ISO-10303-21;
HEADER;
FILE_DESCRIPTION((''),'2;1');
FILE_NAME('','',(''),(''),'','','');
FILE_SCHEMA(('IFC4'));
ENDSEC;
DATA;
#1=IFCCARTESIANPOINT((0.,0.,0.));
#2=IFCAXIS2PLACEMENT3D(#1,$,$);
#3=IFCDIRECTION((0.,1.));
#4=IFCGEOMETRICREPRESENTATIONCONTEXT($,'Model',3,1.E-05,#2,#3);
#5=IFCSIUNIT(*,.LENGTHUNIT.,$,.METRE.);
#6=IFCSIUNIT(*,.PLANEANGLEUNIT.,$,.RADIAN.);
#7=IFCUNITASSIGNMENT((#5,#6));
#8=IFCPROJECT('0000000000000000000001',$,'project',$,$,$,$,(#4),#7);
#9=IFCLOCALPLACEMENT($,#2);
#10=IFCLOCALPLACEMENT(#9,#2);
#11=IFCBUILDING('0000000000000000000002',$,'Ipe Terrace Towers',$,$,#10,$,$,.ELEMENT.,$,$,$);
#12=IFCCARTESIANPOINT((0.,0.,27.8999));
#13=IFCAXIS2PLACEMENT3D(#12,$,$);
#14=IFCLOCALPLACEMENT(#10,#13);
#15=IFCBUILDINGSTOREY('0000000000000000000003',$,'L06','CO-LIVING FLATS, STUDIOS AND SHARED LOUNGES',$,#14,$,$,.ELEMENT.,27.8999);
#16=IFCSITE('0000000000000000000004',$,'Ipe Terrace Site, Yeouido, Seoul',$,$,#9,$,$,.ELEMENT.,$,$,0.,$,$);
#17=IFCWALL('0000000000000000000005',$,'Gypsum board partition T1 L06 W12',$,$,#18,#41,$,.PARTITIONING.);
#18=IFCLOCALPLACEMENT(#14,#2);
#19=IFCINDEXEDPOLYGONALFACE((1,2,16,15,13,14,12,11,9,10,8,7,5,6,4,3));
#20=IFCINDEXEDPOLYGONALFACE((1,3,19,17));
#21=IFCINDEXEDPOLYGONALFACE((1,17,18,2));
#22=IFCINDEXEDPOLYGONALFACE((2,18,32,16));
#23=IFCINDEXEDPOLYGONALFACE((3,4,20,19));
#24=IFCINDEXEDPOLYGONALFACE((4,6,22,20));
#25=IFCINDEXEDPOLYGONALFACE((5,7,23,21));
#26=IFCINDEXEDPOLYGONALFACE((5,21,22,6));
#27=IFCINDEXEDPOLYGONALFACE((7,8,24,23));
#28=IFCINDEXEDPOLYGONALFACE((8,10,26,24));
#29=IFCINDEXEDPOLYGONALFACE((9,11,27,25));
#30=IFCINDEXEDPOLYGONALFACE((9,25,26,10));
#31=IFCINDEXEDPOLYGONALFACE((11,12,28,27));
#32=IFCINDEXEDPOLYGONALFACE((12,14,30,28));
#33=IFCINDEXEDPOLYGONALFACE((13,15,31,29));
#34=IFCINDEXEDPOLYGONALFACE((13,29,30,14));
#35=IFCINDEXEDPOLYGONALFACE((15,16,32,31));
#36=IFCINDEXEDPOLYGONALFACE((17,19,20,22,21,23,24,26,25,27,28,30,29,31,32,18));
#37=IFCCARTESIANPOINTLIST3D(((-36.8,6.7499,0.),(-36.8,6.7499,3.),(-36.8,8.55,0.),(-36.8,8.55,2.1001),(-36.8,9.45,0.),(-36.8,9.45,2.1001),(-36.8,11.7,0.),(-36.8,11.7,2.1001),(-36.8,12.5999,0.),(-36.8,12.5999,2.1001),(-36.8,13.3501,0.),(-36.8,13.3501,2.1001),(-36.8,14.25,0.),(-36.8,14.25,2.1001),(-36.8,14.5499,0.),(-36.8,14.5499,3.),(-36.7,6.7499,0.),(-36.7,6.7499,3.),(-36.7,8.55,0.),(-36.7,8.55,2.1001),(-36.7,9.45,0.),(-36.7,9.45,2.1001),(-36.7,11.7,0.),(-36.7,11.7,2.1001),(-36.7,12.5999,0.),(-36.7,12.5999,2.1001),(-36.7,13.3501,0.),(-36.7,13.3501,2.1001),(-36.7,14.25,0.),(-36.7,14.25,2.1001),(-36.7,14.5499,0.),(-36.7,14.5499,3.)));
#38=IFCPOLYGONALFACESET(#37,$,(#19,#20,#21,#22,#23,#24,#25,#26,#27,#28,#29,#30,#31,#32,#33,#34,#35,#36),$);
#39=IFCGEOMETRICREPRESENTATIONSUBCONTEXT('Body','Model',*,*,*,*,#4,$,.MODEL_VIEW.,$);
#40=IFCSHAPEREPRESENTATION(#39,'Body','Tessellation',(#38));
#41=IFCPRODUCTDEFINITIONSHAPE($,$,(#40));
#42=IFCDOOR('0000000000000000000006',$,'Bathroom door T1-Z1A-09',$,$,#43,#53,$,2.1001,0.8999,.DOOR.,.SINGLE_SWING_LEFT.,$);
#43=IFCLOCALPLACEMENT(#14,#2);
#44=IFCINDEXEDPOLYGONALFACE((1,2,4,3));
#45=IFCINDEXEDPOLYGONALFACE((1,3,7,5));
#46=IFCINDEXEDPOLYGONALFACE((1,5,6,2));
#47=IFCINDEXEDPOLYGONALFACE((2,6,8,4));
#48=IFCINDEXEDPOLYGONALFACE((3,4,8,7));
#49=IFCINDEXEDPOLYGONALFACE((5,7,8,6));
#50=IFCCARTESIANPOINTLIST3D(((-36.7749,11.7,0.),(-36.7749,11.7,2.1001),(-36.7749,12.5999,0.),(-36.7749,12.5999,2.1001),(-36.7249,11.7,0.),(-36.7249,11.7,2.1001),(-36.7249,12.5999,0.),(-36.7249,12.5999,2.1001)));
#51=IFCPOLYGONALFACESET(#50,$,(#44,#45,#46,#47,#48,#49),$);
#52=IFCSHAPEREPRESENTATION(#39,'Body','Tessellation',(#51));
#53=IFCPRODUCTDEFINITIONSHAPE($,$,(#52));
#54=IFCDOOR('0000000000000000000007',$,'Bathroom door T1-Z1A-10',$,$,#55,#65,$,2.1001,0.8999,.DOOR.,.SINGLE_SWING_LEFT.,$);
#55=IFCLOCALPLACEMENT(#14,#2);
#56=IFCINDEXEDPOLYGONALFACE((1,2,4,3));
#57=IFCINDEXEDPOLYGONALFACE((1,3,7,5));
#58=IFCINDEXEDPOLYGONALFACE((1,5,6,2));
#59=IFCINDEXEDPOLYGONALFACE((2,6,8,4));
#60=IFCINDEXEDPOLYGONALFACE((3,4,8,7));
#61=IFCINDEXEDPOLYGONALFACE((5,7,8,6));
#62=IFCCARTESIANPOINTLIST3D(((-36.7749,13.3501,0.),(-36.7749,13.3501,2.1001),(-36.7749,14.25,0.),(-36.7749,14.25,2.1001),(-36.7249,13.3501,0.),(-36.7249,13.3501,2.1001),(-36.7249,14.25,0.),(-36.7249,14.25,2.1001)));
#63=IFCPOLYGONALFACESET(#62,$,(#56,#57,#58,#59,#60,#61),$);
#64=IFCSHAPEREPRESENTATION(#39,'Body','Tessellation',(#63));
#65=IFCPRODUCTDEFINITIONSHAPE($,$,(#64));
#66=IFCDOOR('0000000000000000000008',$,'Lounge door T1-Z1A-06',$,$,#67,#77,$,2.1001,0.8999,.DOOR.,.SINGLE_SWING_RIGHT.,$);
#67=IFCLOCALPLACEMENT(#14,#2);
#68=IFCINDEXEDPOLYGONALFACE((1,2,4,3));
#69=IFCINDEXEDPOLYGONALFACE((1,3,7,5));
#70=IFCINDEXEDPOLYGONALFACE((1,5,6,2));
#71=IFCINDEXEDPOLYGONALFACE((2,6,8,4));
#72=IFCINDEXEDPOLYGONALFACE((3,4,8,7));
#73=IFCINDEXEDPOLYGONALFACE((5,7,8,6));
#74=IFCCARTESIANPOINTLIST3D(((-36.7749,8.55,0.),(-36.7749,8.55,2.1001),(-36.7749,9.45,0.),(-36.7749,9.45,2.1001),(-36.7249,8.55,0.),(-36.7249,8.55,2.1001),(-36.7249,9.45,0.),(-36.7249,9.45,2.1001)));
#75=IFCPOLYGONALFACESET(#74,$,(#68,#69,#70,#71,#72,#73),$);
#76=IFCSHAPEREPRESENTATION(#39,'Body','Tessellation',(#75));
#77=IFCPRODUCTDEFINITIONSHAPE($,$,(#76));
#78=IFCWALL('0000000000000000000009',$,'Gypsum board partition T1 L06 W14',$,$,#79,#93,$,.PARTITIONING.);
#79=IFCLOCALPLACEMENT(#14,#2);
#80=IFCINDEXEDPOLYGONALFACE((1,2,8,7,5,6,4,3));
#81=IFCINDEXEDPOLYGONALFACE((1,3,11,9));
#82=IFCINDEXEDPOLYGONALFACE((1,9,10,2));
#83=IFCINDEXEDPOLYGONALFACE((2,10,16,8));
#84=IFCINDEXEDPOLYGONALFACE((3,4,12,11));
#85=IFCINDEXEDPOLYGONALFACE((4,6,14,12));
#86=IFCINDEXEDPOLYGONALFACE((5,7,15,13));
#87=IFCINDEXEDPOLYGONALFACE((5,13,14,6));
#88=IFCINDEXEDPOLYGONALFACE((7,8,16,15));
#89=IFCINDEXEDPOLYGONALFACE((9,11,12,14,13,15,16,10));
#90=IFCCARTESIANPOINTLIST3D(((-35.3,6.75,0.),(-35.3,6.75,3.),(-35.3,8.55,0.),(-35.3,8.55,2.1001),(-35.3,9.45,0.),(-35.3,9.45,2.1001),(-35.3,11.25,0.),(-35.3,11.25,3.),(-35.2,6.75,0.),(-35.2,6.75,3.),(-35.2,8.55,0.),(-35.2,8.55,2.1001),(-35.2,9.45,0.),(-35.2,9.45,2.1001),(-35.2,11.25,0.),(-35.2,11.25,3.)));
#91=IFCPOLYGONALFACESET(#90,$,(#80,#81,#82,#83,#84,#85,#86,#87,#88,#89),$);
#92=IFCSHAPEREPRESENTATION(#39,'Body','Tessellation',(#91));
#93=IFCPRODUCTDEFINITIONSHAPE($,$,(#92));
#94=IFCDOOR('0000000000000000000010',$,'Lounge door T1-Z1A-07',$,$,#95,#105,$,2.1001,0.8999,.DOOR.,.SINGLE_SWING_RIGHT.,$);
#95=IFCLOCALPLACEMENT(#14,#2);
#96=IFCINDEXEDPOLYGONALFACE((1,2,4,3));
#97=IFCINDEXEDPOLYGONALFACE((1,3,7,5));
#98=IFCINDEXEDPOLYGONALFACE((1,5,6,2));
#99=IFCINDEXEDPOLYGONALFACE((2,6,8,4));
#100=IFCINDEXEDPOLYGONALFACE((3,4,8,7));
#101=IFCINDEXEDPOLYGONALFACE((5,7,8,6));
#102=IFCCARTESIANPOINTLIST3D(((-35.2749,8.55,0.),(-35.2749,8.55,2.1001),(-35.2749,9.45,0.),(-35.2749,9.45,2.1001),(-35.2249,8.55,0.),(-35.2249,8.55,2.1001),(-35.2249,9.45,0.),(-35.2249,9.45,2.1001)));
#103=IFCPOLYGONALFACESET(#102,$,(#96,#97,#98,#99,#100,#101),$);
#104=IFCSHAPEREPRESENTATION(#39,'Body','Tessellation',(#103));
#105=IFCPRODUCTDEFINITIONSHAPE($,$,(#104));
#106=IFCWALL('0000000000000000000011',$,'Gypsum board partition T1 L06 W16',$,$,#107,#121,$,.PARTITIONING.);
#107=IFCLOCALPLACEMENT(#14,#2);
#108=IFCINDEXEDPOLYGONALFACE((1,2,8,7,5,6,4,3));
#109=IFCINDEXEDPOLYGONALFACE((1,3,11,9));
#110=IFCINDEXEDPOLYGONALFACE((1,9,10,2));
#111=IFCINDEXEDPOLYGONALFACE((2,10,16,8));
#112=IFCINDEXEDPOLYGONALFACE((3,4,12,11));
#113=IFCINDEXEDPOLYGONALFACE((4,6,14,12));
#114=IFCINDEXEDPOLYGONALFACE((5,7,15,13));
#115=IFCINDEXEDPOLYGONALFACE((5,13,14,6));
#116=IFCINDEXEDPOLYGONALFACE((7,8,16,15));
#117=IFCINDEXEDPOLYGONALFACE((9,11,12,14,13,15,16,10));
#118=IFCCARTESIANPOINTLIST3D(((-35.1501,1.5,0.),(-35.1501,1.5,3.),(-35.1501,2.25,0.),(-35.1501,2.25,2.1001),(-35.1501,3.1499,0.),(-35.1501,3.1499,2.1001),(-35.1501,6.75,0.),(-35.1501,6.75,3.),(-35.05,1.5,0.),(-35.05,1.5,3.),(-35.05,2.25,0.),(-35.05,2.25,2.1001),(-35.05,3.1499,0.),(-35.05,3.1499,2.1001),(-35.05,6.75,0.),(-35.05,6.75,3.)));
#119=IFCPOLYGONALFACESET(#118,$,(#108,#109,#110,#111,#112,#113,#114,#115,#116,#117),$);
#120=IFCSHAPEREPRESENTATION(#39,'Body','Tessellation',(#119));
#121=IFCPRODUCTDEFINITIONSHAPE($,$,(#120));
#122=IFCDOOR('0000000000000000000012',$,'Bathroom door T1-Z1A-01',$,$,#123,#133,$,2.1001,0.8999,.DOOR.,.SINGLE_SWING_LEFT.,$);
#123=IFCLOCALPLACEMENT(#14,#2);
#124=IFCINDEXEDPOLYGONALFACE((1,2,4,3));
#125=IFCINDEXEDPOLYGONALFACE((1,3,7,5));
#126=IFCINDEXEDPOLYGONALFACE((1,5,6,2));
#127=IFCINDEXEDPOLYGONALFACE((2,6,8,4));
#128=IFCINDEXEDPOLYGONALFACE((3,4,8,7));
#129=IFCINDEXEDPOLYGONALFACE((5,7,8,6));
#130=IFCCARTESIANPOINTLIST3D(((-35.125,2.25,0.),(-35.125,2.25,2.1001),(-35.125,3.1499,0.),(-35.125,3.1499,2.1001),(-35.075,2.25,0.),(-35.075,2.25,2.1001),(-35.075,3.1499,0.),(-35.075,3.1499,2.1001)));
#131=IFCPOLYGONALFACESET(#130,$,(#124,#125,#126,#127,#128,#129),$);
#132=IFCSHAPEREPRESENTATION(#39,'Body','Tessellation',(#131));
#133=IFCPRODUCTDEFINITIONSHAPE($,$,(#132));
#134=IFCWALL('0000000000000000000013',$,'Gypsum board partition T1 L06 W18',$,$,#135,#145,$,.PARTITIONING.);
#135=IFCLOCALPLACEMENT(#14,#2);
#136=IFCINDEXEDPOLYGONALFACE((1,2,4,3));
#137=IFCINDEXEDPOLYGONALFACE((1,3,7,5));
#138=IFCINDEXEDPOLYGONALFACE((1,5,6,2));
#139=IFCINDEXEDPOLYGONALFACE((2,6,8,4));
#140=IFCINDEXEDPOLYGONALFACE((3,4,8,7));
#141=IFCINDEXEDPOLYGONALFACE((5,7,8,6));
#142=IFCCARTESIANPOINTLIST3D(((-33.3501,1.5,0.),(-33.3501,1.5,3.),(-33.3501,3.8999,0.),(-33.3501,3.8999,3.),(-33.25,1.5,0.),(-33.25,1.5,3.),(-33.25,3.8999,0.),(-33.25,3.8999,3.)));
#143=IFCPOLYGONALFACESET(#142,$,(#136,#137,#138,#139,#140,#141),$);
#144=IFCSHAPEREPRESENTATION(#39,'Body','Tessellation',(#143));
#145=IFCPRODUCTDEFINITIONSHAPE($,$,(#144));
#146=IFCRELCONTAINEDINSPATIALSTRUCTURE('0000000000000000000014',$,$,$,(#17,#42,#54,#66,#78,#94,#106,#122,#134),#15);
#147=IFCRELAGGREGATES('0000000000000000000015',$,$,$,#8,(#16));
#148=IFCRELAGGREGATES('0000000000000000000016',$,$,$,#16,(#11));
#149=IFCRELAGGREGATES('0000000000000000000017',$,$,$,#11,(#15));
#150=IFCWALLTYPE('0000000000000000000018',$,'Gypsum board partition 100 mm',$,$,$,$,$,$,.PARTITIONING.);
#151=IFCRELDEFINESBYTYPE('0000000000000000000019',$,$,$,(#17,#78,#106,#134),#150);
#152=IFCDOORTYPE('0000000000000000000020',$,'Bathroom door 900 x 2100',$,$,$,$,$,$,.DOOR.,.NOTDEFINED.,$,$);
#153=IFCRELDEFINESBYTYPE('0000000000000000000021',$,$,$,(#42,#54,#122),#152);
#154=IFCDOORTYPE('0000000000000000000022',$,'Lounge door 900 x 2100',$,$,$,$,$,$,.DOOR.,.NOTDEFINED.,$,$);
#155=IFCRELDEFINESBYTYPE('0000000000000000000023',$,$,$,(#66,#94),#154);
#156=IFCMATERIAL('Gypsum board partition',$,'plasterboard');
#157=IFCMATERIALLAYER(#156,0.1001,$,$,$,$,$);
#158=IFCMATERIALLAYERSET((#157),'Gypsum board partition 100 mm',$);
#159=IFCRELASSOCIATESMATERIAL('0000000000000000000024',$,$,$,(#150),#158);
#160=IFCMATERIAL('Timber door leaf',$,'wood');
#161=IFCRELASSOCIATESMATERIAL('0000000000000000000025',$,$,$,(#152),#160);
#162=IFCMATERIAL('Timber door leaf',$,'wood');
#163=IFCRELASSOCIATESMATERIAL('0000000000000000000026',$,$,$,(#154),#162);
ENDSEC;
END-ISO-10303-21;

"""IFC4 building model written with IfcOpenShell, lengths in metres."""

from ifc_helpers import new_model, si_unit, direction, frame, frame_2d, origin, place, context, subcontext, project, spatial, rectangle, extrude, material, layer, layer_set, type_object, element, fill, save


model = new_model("IFC4")

# Units and contexts
model_context = context("Model", 3, precision=1e-05, world=origin(), true_north=direction((0.0, 1.0)))
body_context = subcontext(model_context, "Body", "Model", "MODEL_VIEW")
ifc_project = project(units=[si_unit("LENGTHUNIT", "METRE"), si_unit("PLANEANGLEUNIT", "RADIAN")], contexts=[model_context])

# Site, building, storey
site_placement = place(None, origin())
site = spatial("IfcSite", under=ifc_project, at=site_placement, Name="Ipe Terrace Site, Yeouido, Seoul", CompositionType="ELEMENT", RefElevation=0.0)
building_placement = place(site_placement, origin())
building = spatial("IfcBuilding", under=site, at=building_placement, Name="Ipe Terrace Towers", CompositionType="ELEMENT")
storey_placement = place(building_placement, frame((0.0, 0.0, 27.8999)))
storey = spatial("IfcBuildingStorey", under=building, at=storey_placement, Name="L06", Description="CO-LIVING FLATS, STUDIOS AND SHARED LOUNGES", CompositionType="ELEMENT", Elevation=27.8999)

# Shared definitions
ifc_material_1 = material(Name="Gypsum board partition", Category="plasterboard")
ifc_layer_1 = layer(ifc_material_1, 0.1001)
ifc_layer_set_1 = layer_set([ifc_layer_1], Name="Gypsum board partition 100 mm")
wall_type = type_object("IfcWallType", Name="Gypsum board partition 100 mm", PredefinedType="PARTITIONING", material=ifc_layer_set_1)

# Wall, openings, doors
wall_1_placement = place(storey_placement, frame((-36.75, 6.75, 0.0), z_axis=(0.0, 0.0, 1.0), x_axis=(0.0, 1.0, 0.0)))
wall_1 = element("IfcWall", 1, at=wall_1_placement, inside=storey, type_object=wall_type, Name="Gypsum board partition T1 L06 W12", PredefinedType="PARTITIONING", context=body_context, shape_type="SweptSolid", body=[
    extrude(rectangle(XDim=7.8, YDim=0.1001, at=frame_2d((3.8999, 0.0))), origin(), (0.0, 0.0, 1.0), 3.0),
])
opening_1_placement = place(wall_1_placement, frame((1.8, 0.0, 0.0)))
opening_1 = element("IfcOpeningElement", 2, at=opening_1_placement, cuts=wall_1, PredefinedType="OPENING", context=body_context, shape_type="SweptSolid", body=[
    extrude(rectangle(XDim=0.8999, YDim=2.1001, at=frame_2d((0.45, 1.05))), frame((0.0, 0.0601, 0.0), z_axis=(0.0, -1.0, 0.0), x_axis=(1.0, 0.0, 0.0)), (0.0, 0.0, 1.0), 0.1201),
])
opening_2_placement = place(wall_1_placement, frame((4.95, 0.0, 0.0)))
opening_2 = element("IfcOpeningElement", 3, at=opening_2_placement, cuts=wall_1, PredefinedType="OPENING", context=body_context, shape_type="SweptSolid", body=[
    extrude(rectangle(XDim=0.8999, YDim=2.1001, at=frame_2d((0.45, 1.05))), frame((0.0, 0.0601, 0.0), z_axis=(0.0, -1.0, 0.0), x_axis=(1.0, 0.0, 0.0)), (0.0, 0.0, 1.0), 0.1201),
])
opening_3_placement = place(wall_1_placement, frame((6.6001, 0.0, 0.0)))
opening_3 = element("IfcOpeningElement", 4, at=opening_3_placement, cuts=wall_1, PredefinedType="OPENING", context=body_context, shape_type="SweptSolid", body=[
    extrude(rectangle(XDim=0.8999, YDim=2.1001, at=frame_2d((0.45, 1.05))), frame((0.0, 0.0601, 0.0), z_axis=(0.0, -1.0, 0.0), x_axis=(1.0, 0.0, 0.0)), (0.0, 0.0, 1.0), 0.1201),
])
ifc_material_2 = material(Name="Timber door leaf", Category="wood")
door_type_1 = type_object("IfcDoorType", Name="Bathroom door 900 x 2100", OperationType="NOTDEFINED", PredefinedType="DOOR", material=ifc_material_2)
door_1_placement = place(opening_2_placement, origin())
door_1 = element("IfcDoor", 5, at=door_1_placement, inside=storey, type_object=door_type_1, Name="Bathroom door T1-Z1A-09", OperationType="SINGLE_SWING_LEFT", OverallHeight=2.1001, OverallWidth=0.8999, PredefinedType="DOOR", context=body_context, shape_type="SweptSolid", body=[
    extrude(rectangle(XDim=0.8999, YDim=2.1001, at=frame_2d((0.45, 1.05))), frame((0.0, 0.0249, 0.0), z_axis=(0.0, -1.0, 0.0), x_axis=(1.0, 0.0, 0.0)), (0.0, 0.0, 1.0), 0.05),
])
fill(opening_2, door_1)
door_2_placement = place(opening_3_placement, origin())
door_2 = element("IfcDoor", 6, at=door_2_placement, inside=storey, type_object=door_type_1, Name="Bathroom door T1-Z1A-10", OperationType="SINGLE_SWING_LEFT", OverallHeight=2.1001, OverallWidth=0.8999, PredefinedType="DOOR", context=body_context, shape_type="SweptSolid", body=[
    extrude(rectangle(XDim=0.8999, YDim=2.1001, at=frame_2d((0.45, 1.05))), frame((0.0, 0.0249, 0.0), z_axis=(0.0, -1.0, 0.0), x_axis=(1.0, 0.0, 0.0)), (0.0, 0.0, 1.0), 0.05),
])
fill(opening_3, door_2)
ifc_material_3 = material(Name="Timber door leaf", Category="wood")
door_type_2 = type_object("IfcDoorType", Name="Lounge door 900 x 2100", OperationType="NOTDEFINED", PredefinedType="DOOR", material=ifc_material_3)
door_3_placement = place(opening_1_placement, origin())
door_3 = element("IfcDoor", 7, at=door_3_placement, inside=storey, type_object=door_type_2, Name="Lounge door T1-Z1A-06", OperationType="SINGLE_SWING_RIGHT", OverallHeight=2.1001, OverallWidth=0.8999, PredefinedType="DOOR", context=body_context, shape_type="SweptSolid", body=[
    extrude(rectangle(XDim=0.8999, YDim=2.1001, at=frame_2d((0.45, 1.05))), frame((0.0, 0.0249, 0.0), z_axis=(0.0, -1.0, 0.0), x_axis=(1.0, 0.0, 0.0)), (0.0, 0.0, 1.0), 0.05),
])
fill(opening_1, door_3)

# Walls, openings, doors
wall_2_placement = place(storey_placement, frame((-35.25, 6.75, 0.0), z_axis=(0.0, 0.0, 1.0), x_axis=(0.0, 1.0, 0.0)))
wall_2 = element("IfcWall", 8, at=wall_2_placement, inside=storey, type_object=wall_type, Name="Gypsum board partition T1 L06 W14", PredefinedType="PARTITIONING", context=body_context, shape_type="SweptSolid", body=[
    extrude(rectangle(XDim=4.5, YDim=0.1001, at=frame_2d((2.25, 0.0))), origin(), (0.0, 0.0, 1.0), 3.0),
])
opening_4_placement = place(wall_2_placement, frame((1.8, 0.0, 0.0)))
opening_4 = element("IfcOpeningElement", 9, at=opening_4_placement, cuts=wall_2, PredefinedType="OPENING", context=body_context, shape_type="SweptSolid", body=[
    extrude(rectangle(XDim=0.8999, YDim=2.1001, at=frame_2d((0.45, 1.05))), frame((0.0, 0.0601, 0.0), z_axis=(0.0, -1.0, 0.0), x_axis=(1.0, 0.0, 0.0)), (0.0, 0.0, 1.0), 0.1201),
])
door_4_placement = place(opening_4_placement, origin())
door_4 = element("IfcDoor", 10, at=door_4_placement, inside=storey, type_object=door_type_2, Name="Lounge door T1-Z1A-07", OperationType="SINGLE_SWING_RIGHT", OverallHeight=2.1001, OverallWidth=0.8999, PredefinedType="DOOR", context=body_context, shape_type="SweptSolid", body=[
    extrude(rectangle(XDim=0.8999, YDim=2.1001, at=frame_2d((0.45, 1.05))), frame((0.0, 0.0249, 0.0), z_axis=(0.0, -1.0, 0.0), x_axis=(1.0, 0.0, 0.0)), (0.0, 0.0, 1.0), 0.05),
])
fill(opening_4, door_4)
wall_3_placement = place(storey_placement, frame((-35.1001, 1.5, 0.0), z_axis=(0.0, 0.0, 1.0), x_axis=(0.0, 1.0, 0.0)))
wall_3 = element("IfcWall", 11, at=wall_3_placement, inside=storey, type_object=wall_type, Name="Gypsum board partition T1 L06 W16", PredefinedType="PARTITIONING", context=body_context, shape_type="SweptSolid", body=[
    extrude(rectangle(XDim=5.25, YDim=0.1001, at=frame_2d((2.625, 0.0))), origin(), (0.0, 0.0, 1.0), 3.0),
])
opening_5_placement = place(wall_3_placement, frame((0.75, 0.0, 0.0)))
opening_5 = element("IfcOpeningElement", 12, at=opening_5_placement, cuts=wall_3, PredefinedType="OPENING", context=body_context, shape_type="SweptSolid", body=[
    extrude(rectangle(XDim=0.8999, YDim=2.1001, at=frame_2d((0.45, 1.05))), frame((0.0, 0.0601, 0.0), z_axis=(0.0, -1.0, 0.0), x_axis=(1.0, 0.0, 0.0)), (0.0, 0.0, 1.0), 0.1201),
])
door_5_placement = place(opening_5_placement, origin())
door_5 = element("IfcDoor", 13, at=door_5_placement, inside=storey, type_object=door_type_1, Name="Bathroom door T1-Z1A-01", OperationType="SINGLE_SWING_LEFT", OverallHeight=2.1001, OverallWidth=0.8999, PredefinedType="DOOR", context=body_context, shape_type="SweptSolid", body=[
    extrude(rectangle(XDim=0.8999, YDim=2.1001, at=frame_2d((0.45, 1.05))), frame((0.0, 0.0249, 0.0), z_axis=(0.0, -1.0, 0.0), x_axis=(1.0, 0.0, 0.0)), (0.0, 0.0, 1.0), 0.05),
])
fill(opening_5, door_5)

# Wall
wall_4_placement = place(storey_placement, frame((-33.3, 1.5, 0.0), z_axis=(0.0, 0.0, 1.0), x_axis=(0.0, 1.0, 0.0)))
element("IfcWall", 14, at=wall_4_placement, inside=storey, type_object=wall_type, Name="Gypsum board partition T1 L06 W18", PredefinedType="PARTITIONING", context=body_context, shape_type="SweptSolid", body=[
    extrude(rectangle(XDim=2.3999, YDim=0.1001, at=frame_2d((1.2, 0.0))), origin(), (0.0, 0.0, 1.0), 3.0),
])

save(model, "model.ifc")
